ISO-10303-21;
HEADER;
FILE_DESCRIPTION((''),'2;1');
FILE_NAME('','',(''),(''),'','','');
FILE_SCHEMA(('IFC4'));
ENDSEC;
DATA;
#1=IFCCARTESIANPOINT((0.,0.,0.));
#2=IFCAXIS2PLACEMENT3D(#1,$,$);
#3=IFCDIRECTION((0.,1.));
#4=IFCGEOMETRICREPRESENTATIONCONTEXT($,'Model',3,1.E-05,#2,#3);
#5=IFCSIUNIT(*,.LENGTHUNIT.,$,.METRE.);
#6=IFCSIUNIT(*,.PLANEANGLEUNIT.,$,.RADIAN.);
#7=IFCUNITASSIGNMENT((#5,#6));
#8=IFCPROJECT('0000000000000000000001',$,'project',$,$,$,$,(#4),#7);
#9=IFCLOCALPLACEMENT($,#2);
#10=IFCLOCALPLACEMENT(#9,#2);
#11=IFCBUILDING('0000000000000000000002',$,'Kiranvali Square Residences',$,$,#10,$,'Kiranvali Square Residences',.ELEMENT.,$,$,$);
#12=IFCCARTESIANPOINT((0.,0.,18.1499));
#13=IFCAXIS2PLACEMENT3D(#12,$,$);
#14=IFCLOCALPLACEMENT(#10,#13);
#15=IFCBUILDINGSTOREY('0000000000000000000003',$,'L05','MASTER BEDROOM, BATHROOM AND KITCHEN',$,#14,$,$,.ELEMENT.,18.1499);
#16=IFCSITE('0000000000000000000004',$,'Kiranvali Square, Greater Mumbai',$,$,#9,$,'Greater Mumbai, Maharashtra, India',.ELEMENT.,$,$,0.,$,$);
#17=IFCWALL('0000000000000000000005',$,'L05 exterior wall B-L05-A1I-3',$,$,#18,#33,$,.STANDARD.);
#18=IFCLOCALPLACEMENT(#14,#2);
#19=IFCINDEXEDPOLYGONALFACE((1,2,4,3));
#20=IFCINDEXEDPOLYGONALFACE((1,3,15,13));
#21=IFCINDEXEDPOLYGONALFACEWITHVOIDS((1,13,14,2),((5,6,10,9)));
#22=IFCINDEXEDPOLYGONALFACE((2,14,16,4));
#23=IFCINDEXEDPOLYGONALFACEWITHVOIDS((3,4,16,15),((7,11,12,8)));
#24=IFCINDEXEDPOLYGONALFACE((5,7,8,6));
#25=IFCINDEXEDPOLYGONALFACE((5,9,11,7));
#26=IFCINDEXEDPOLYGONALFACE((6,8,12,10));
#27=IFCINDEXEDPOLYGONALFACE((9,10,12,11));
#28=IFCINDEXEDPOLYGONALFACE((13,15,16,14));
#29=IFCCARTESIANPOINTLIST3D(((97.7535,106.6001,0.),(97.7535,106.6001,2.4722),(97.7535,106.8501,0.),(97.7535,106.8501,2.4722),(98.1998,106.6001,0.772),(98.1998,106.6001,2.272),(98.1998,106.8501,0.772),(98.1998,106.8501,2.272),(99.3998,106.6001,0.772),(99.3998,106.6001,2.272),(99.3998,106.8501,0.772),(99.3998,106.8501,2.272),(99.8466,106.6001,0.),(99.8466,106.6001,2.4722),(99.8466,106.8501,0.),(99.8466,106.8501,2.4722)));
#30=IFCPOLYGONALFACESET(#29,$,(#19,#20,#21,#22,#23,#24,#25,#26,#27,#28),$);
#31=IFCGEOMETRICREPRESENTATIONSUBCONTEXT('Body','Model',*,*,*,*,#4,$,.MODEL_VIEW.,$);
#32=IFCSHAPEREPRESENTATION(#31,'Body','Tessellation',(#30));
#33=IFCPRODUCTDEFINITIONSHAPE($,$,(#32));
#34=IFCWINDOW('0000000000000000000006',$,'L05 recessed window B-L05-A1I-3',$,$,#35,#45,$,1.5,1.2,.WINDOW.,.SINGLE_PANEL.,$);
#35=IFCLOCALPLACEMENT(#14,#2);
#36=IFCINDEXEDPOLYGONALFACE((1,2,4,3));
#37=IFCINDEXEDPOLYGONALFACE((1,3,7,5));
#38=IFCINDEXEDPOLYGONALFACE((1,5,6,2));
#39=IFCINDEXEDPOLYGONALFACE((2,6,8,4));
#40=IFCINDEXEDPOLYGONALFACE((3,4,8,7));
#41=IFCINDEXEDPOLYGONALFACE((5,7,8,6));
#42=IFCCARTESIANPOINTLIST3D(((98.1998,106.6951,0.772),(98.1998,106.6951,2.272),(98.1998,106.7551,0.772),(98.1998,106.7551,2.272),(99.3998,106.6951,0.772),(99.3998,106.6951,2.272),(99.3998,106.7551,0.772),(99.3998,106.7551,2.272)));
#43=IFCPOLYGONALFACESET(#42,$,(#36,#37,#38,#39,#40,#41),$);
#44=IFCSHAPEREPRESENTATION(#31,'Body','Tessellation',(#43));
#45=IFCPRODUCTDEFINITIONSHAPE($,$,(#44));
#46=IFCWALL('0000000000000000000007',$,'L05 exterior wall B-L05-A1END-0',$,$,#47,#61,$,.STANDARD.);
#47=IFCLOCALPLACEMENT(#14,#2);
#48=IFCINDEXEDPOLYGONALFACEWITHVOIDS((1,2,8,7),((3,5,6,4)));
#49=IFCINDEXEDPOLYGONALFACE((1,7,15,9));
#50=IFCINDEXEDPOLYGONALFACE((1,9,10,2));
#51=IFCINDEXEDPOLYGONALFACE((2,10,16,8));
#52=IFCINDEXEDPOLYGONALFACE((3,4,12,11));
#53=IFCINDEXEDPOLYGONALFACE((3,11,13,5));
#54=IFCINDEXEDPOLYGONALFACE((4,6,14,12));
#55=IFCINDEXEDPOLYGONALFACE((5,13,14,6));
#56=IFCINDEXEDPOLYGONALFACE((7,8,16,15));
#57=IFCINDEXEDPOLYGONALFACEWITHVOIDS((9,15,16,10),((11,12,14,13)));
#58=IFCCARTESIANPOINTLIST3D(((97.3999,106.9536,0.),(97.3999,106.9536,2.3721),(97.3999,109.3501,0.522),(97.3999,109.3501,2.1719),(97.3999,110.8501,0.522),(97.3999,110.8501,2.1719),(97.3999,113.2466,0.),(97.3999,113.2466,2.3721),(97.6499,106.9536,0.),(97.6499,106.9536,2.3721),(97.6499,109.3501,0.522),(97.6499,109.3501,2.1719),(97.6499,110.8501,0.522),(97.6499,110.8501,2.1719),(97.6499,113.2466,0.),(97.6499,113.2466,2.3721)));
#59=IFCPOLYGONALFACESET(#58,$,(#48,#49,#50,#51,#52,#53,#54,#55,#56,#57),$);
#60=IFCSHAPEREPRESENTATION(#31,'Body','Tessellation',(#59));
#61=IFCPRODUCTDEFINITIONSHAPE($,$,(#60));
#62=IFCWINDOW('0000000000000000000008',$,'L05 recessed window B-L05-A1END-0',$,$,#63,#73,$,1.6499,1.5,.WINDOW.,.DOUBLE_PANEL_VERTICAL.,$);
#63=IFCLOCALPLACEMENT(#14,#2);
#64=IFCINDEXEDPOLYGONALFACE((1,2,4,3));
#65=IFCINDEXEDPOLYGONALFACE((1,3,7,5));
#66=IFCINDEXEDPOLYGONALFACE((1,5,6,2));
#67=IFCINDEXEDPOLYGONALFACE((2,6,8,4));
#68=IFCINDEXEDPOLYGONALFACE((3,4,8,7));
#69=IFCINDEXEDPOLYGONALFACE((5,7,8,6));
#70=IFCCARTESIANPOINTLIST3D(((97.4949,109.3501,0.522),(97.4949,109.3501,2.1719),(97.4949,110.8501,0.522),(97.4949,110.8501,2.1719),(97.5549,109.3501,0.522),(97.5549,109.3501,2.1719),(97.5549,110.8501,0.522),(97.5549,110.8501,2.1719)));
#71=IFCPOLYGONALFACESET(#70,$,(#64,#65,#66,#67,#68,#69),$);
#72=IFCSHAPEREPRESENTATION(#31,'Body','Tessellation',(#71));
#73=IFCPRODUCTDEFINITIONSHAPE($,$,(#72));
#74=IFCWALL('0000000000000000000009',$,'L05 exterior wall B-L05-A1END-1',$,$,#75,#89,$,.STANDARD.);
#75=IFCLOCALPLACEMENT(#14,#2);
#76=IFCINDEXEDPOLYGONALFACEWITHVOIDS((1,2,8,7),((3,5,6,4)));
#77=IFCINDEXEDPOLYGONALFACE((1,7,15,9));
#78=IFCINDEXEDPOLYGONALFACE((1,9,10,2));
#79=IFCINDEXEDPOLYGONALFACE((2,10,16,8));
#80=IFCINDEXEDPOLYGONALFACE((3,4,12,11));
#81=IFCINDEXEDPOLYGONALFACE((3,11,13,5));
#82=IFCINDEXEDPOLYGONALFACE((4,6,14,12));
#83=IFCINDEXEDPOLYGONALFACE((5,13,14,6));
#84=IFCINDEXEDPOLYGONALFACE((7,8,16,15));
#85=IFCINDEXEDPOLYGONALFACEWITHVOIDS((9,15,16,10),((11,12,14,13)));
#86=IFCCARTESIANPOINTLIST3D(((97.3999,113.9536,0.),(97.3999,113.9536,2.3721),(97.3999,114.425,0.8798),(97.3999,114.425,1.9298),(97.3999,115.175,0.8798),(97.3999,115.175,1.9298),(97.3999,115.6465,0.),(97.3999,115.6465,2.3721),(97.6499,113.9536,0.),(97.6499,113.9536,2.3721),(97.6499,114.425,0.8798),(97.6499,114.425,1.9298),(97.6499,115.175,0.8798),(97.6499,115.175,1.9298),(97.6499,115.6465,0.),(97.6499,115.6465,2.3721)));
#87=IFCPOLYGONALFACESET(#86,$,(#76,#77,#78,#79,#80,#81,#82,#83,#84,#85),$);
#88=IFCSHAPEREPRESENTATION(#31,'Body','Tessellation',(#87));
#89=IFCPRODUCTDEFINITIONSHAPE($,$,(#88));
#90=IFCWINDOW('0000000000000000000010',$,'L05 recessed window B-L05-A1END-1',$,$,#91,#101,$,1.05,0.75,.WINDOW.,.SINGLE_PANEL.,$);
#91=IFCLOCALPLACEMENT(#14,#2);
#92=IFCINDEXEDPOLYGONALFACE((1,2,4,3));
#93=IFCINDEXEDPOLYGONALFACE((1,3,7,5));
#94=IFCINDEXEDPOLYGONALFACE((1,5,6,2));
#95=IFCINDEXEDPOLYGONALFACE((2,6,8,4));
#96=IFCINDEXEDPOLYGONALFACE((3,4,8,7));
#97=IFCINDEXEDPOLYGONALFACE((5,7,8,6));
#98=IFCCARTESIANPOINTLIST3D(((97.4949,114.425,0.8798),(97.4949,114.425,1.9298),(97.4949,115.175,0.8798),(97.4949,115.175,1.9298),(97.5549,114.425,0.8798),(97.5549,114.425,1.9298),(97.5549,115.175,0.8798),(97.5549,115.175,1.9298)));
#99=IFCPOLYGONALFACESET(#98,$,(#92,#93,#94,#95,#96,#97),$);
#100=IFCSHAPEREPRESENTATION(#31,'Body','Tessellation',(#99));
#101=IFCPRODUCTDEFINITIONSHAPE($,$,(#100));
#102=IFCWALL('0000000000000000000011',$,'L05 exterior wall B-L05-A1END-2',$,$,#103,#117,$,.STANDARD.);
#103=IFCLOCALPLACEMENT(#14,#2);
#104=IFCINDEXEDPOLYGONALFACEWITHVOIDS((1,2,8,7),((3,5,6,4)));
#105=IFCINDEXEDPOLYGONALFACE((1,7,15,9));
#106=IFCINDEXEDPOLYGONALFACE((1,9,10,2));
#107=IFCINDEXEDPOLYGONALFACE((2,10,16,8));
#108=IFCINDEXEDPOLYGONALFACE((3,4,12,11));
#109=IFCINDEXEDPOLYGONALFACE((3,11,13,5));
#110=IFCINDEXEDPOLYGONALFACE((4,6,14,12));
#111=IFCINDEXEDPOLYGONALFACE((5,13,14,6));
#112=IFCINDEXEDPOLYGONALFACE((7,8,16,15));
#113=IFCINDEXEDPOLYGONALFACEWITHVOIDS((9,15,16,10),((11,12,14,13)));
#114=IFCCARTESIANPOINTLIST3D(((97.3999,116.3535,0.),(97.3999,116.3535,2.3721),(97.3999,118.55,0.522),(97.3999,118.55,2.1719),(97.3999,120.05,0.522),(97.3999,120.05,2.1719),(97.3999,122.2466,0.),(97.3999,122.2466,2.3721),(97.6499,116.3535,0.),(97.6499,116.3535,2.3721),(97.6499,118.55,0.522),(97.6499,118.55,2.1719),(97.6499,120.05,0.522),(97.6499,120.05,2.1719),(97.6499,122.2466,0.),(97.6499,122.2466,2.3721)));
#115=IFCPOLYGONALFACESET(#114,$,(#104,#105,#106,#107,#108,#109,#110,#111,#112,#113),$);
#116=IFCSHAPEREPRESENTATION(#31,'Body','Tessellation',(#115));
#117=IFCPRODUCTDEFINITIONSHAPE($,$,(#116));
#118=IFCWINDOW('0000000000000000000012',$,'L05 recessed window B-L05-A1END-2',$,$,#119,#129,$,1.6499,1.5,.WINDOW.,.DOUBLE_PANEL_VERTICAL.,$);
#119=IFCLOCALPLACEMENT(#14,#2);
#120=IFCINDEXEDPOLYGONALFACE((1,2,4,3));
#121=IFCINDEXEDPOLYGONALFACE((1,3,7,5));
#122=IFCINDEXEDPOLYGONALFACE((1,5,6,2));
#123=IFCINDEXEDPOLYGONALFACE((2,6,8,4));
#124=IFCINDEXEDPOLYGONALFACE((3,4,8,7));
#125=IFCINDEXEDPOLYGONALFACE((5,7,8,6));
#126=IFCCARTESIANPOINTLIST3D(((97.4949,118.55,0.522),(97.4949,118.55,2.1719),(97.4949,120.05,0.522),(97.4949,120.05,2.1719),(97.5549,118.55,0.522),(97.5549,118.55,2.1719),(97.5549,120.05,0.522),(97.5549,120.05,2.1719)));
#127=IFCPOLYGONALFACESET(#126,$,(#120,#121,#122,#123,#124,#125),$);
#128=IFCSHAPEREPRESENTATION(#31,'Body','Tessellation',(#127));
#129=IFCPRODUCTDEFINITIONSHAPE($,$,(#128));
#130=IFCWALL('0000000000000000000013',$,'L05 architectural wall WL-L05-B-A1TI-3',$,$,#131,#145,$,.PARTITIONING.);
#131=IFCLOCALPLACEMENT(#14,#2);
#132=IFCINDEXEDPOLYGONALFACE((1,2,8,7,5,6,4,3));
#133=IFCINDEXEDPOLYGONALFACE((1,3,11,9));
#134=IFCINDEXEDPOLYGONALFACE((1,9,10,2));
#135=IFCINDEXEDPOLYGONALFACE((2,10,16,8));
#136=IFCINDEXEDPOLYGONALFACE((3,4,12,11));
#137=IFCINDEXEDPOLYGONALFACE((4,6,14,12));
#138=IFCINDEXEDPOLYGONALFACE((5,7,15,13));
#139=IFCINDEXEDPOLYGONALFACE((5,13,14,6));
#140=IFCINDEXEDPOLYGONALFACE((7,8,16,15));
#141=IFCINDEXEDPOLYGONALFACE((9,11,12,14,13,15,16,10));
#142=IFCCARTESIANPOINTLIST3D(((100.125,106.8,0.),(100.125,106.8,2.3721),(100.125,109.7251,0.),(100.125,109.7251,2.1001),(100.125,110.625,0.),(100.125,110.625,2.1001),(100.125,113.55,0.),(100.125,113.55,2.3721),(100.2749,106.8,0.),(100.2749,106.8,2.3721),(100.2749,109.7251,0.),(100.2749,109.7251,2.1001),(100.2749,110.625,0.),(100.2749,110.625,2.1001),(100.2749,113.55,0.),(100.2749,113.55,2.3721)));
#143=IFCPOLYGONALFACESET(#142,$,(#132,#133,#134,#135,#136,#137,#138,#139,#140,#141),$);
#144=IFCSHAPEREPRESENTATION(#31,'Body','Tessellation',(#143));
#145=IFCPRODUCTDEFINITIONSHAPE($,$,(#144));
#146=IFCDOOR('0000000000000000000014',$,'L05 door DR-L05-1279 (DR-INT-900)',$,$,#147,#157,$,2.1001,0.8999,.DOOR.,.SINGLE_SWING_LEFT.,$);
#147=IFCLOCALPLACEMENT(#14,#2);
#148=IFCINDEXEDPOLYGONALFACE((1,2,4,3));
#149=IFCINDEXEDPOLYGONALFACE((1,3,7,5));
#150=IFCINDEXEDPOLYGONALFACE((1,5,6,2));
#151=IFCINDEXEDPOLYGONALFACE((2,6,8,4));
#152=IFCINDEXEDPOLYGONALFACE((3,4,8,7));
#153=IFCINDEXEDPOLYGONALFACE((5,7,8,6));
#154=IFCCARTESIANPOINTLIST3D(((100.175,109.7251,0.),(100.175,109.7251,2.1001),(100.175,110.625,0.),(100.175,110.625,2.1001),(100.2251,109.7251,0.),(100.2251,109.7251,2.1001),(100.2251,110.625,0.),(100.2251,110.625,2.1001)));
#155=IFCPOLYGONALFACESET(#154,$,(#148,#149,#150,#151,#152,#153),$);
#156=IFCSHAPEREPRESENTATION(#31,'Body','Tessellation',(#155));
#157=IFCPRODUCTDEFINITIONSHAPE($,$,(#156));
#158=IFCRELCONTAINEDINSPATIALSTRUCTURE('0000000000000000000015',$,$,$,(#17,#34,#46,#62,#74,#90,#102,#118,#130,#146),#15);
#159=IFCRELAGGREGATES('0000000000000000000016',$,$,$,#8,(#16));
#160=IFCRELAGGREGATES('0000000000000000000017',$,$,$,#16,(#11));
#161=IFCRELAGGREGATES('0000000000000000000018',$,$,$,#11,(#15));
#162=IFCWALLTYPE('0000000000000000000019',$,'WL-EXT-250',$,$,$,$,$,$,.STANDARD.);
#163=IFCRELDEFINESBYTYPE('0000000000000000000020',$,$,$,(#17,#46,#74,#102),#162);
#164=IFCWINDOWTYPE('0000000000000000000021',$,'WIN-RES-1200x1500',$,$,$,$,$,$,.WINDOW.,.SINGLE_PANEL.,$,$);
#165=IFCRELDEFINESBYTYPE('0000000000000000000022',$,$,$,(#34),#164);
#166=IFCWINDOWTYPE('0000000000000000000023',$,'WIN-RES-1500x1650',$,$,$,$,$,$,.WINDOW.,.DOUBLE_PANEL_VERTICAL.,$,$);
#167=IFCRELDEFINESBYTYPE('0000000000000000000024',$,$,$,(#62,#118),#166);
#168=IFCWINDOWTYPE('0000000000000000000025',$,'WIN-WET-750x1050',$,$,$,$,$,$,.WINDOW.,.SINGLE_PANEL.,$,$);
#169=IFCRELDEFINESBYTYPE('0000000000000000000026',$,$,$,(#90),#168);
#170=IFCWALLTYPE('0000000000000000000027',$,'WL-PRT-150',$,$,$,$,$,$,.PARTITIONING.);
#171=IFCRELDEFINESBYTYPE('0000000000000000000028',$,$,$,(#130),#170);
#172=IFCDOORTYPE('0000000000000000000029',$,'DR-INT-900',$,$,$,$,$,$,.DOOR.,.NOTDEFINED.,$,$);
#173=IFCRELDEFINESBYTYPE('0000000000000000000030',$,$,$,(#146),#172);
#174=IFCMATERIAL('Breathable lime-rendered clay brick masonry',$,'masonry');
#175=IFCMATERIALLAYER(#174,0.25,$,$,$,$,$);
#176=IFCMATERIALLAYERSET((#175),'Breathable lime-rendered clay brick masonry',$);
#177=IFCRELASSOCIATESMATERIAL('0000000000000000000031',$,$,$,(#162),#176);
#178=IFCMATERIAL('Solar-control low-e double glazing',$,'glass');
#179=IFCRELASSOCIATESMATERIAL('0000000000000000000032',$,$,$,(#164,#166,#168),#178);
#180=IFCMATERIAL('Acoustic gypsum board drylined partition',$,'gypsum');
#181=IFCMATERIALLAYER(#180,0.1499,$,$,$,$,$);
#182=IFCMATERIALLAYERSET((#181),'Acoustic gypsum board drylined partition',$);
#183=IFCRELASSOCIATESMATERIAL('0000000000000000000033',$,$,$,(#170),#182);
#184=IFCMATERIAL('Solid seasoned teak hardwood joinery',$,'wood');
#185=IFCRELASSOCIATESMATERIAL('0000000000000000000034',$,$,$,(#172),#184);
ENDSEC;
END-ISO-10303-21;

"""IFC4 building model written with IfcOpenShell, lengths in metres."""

from ifc_helpers import new_model, si_unit, direction, frame, frame_2d, origin, place, context, subcontext, project, spatial, rectangle, extrude, material, layer, layer_set, type_object, element, fill, save


model = new_model("IFC4")

# Units and contexts
model_context = context("Model", 3, precision=1e-05, world=origin(), true_north=direction((0.0, 1.0)))
body_context = subcontext(model_context, "Body", "Model", "MODEL_VIEW")
ifc_project = project(units=[si_unit("LENGTHUNIT", "METRE"), si_unit("PLANEANGLEUNIT", "RADIAN")], contexts=[model_context])

# Site, building, storey
site_placement = place(None, origin())
site = spatial("IfcSite", under=ifc_project, at=site_placement, Name="Kiranvali Square, Greater Mumbai", LongName="Greater Mumbai, Maharashtra, India", CompositionType="ELEMENT", RefElevation=0.0)
building_placement = place(site_placement, origin())
building = spatial("IfcBuilding", under=site, at=building_placement, Name="Kiranvali Square Residences", LongName="Kiranvali Square Residences", CompositionType="ELEMENT")
storey_placement = place(building_placement, frame((0.0, 0.0, 18.1499)))
storey = spatial("IfcBuildingStorey", under=building, at=storey_placement, Name="L05", Description="MASTER BEDROOM, BATHROOM AND KITCHEN", CompositionType="ELEMENT", Elevation=18.1499)

# Walls, openings, windows
ifc_material_1 = material(Name="Breathable lime-rendered clay brick masonry", Category="masonry")
ifc_layer_1 = layer(ifc_material_1, 0.25)
ifc_layer_set_1 = layer_set([ifc_layer_1], Name="Breathable lime-rendered clay brick masonry")
wall_type_1 = type_object("IfcWallType", Name="WL-EXT-250", PredefinedType="STANDARD", material=ifc_layer_set_1)
wall_1_placement = place(storey_placement, frame((99.8464, 106.7251, 0.0), z_axis=(0.0, 0.0, 1.0), x_axis=(-1.0, 0.0, 0.0)))
wall_1 = element("IfcWall", 1, at=wall_1_placement, inside=storey, type_object=wall_type_1, Name="L05 exterior wall B-L05-A1I-3", PredefinedType="STANDARD", context=body_context, shape_type="SweptSolid", body=[
    extrude(rectangle(XDim=2.093, YDim=0.25, at=frame_2d((1.0464, 0.0))), origin(), (0.0, 0.0, 1.0), 2.4722),
])
opening_1_placement = place(wall_1_placement, frame((0.4465, 0.0, 0.772)))
opening_1 = element("IfcOpeningElement", 2, at=opening_1_placement, cuts=wall_1, PredefinedType="OPENING", context=body_context, shape_type="SweptSolid", body=[
    extrude(rectangle(XDim=1.2, YDim=1.5, at=frame_2d((0.6001, 0.75))), frame((0.0, 0.135, 0.0), z_axis=(0.0, -1.0, 0.0), x_axis=(1.0, 0.0, 0.0)), (0.0, 0.0, 1.0), 0.27),
])
ifc_material_2 = material(Name="Solar-control low-e double glazing", Category="glass")
window_type_1 = type_object("IfcWindowType", Name="WIN-RES-1200x1500", PartitioningType="SINGLE_PANEL", PredefinedType="WINDOW", material=ifc_material_2)
window_1_placement = place(opening_1_placement, origin())
window_1 = element("IfcWindow", 3, at=window_1_placement, inside=storey, type_object=window_type_1, Name="L05 recessed window B-L05-A1I-3", OverallHeight=1.5, OverallWidth=1.2, PartitioningType="SINGLE_PANEL", PredefinedType="WINDOW", context=body_context, shape_type="SweptSolid", body=[
    extrude(rectangle(XDim=1.2, YDim=1.5, at=frame_2d((0.6001, 0.75))), frame((0.0, 0.03, 0.0), z_axis=(0.0, -1.0, 0.0), x_axis=(1.0, 0.0, 0.0)), (0.0, 0.0, 1.0), 0.0601),
])
fill(opening_1, window_1)
wall_2_placement = place(storey_placement, frame((97.5249, 106.9536, 0.0), z_axis=(0.0, 0.0, 1.0), x_axis=(0.0, 1.0, 0.0)))
wall_2 = element("IfcWall", 4, at=wall_2_placement, inside=storey, type_object=wall_type_1, Name="L05 exterior wall B-L05-A1END-0", PredefinedType="STANDARD", context=body_context, shape_type="SweptSolid", body=[
    extrude(rectangle(XDim=6.293, YDim=0.25, at=frame_2d((3.1465, 0.0))), origin(), (0.0, 0.0, 1.0), 2.3721),
])
opening_2_placement = place(wall_2_placement, frame((2.3965, 0.0, 0.522)))
opening_2 = element("IfcOpeningElement", 5, at=opening_2_placement, cuts=wall_2, PredefinedType="OPENING", context=body_context, shape_type="SweptSolid", body=[
    extrude(rectangle(XDim=1.5, YDim=1.6499, at=frame_2d((0.75, 0.825))), frame((0.0, 0.135, 0.0), z_axis=(0.0, -1.0, 0.0), x_axis=(1.0, 0.0, 0.0)), (0.0, 0.0, 1.0), 0.27),
])
window_type_2 = type_object("IfcWindowType", Name="WIN-RES-1500x1650", PartitioningType="DOUBLE_PANEL_VERTICAL", PredefinedType="WINDOW", material=ifc_material_2)
window_2_placement = place(opening_2_placement, origin())
window_2 = element("IfcWindow", 6, at=window_2_placement, inside=storey, type_object=window_type_2, Name="L05 recessed window B-L05-A1END-0", OverallHeight=1.6499, OverallWidth=1.5, PartitioningType="DOUBLE_PANEL_VERTICAL", PredefinedType="WINDOW", context=body_context, shape_type="SweptSolid", body=[
    extrude(rectangle(XDim=1.5, YDim=1.6499, at=frame_2d((0.75, 0.825))), frame((0.0, 0.03, 0.0), z_axis=(0.0, -1.0, 0.0), x_axis=(1.0, 0.0, 0.0)), (0.0, 0.0, 1.0), 0.0601),
])
fill(opening_2, window_2)
wall_3_placement = place(storey_placement, frame((97.5249, 113.9536, 0.0), z_axis=(0.0, 0.0, 1.0), x_axis=(0.0, 1.0, 0.0)))
wall_3 = element("IfcWall", 7, at=wall_3_placement, inside=storey, type_object=wall_type_1, Name="L05 exterior wall B-L05-A1END-1", PredefinedType="STANDARD", context=body_context, shape_type="SweptSolid", body=[
    extrude(rectangle(XDim=1.6929, YDim=0.25, at=frame_2d((0.8464, 0.0))), origin(), (0.0, 0.0, 1.0), 2.3721),
])
opening_3_placement = place(wall_3_placement, frame((0.4714, 0.0, 0.8799)))
opening_3 = element("IfcOpeningElement", 8, at=opening_3_placement, cuts=wall_3, PredefinedType="OPENING", context=body_context, shape_type="SweptSolid", body=[
    extrude(rectangle(XDim=0.75, YDim=1.05, at=frame_2d((0.375, 0.5249))), frame((0.0, 0.135, 0.0), z_axis=(0.0, -1.0, 0.0), x_axis=(1.0, 0.0, 0.0)), (0.0, 0.0, 1.0), 0.27),
])
window_type_3 = type_object("IfcWindowType", Name="WIN-WET-750x1050", PartitioningType="SINGLE_PANEL", PredefinedType="WINDOW", material=ifc_material_2)
window_3_placement = place(opening_3_placement, origin())
window_3 = element("IfcWindow", 9, at=window_3_placement, inside=storey, type_object=window_type_3, Name="L05 recessed window B-L05-A1END-1", OverallHeight=1.05, OverallWidth=0.75, PartitioningType="SINGLE_PANEL", PredefinedType="WINDOW", context=body_context, shape_type="SweptSolid", body=[
    extrude(rectangle(XDim=0.75, YDim=1.05, at=frame_2d((0.375, 0.5249))), frame((0.0, 0.03, 0.0), z_axis=(0.0, -1.0, 0.0), x_axis=(1.0, 0.0, 0.0)), (0.0, 0.0, 1.0), 0.0601),
])
fill(opening_3, window_3)
wall_4_placement = place(storey_placement, frame((97.5249, 116.3535, 0.0), z_axis=(0.0, 0.0, 1.0), x_axis=(0.0, 1.0, 0.0)))
wall_4 = element("IfcWall", 10, at=wall_4_placement, inside=storey, type_object=wall_type_1, Name="L05 exterior wall B-L05-A1END-2", PredefinedType="STANDARD", context=body_context, shape_type="SweptSolid", body=[
    extrude(rectangle(XDim=5.8931, YDim=0.25, at=frame_2d((2.9465, 0.0))), origin(), (0.0, 0.0, 1.0), 2.3721),
])
opening_4_placement = place(wall_4_placement, frame((2.1965, 0.0, 0.522)))
opening_4 = element("IfcOpeningElement", 11, at=opening_4_placement, cuts=wall_4, PredefinedType="OPENING", context=body_context, shape_type="SweptSolid", body=[
    extrude(rectangle(XDim=1.5, YDim=1.6499, at=frame_2d((0.75, 0.825))), frame((0.0, 0.135, 0.0), z_axis=(0.0, -1.0, 0.0), x_axis=(1.0, 0.0, 0.0)), (0.0, 0.0, 1.0), 0.27),
])
window_4_placement = place(opening_4_placement, origin())
window_4 = element("IfcWindow", 12, at=window_4_placement, inside=storey, type_object=window_type_2, Name="L05 recessed window B-L05-A1END-2", OverallHeight=1.6499, OverallWidth=1.5, PartitioningType="DOUBLE_PANEL_VERTICAL", PredefinedType="WINDOW", context=body_context, shape_type="SweptSolid", body=[
    extrude(rectangle(XDim=1.5, YDim=1.6499, at=frame_2d((0.75, 0.825))), frame((0.0, 0.03, 0.0), z_axis=(0.0, -1.0, 0.0), x_axis=(1.0, 0.0, 0.0)), (0.0, 0.0, 1.0), 0.0601),
])
fill(opening_4, window_4)

# Wall, opening, door
ifc_material_3 = material(Name="Acoustic gypsum board drylined partition", Category="gypsum")
ifc_layer_2 = layer(ifc_material_3, 0.1499)
ifc_layer_set_2 = layer_set([ifc_layer_2], Name="Acoustic gypsum board drylined partition")
wall_type_2 = type_object("IfcWallType", Name="WL-PRT-150", PredefinedType="PARTITIONING", material=ifc_layer_set_2)
wall_5_placement = place(storey_placement, frame((100.2, 106.8, 0.0), z_axis=(0.0, 0.0, 1.0), x_axis=(0.0, 1.0, 0.0)))
wall_5 = element("IfcWall", 13, at=wall_5_placement, inside=storey, type_object=wall_type_2, Name="L05 architectural wall WL-L05-B-A1TI-3", PredefinedType="PARTITIONING", context=body_context, shape_type="SweptSolid", body=[
    extrude(rectangle(XDim=6.75, YDim=0.1499, at=frame_2d((3.375, 0.0))), origin(), (0.0, 0.0, 1.0), 2.3721),
])
opening_5_placement = place(wall_5_placement, frame((2.925, 0.0, 0.0)))
opening_5 = element("IfcOpeningElement", 14, at=opening_5_placement, cuts=wall_5, PredefinedType="OPENING", context=body_context, shape_type="SweptSolid", body=[
    extrude(rectangle(XDim=0.8999, YDim=2.1001, at=frame_2d((0.45, 1.05))), frame((0.0, 0.085, 0.0), z_axis=(0.0, -1.0, 0.0), x_axis=(1.0, 0.0, 0.0)), (0.0, 0.0, 1.0), 0.1699),
])
ifc_material_4 = material(Name="Solid seasoned teak hardwood joinery", Category="wood")
door_type_1 = type_object("IfcDoorType", Name="DR-INT-900", OperationType="NOTDEFINED", PredefinedType="DOOR", material=ifc_material_4)
door_1_placement = place(opening_5_placement, origin())
door_1 = element("IfcDoor", 15, at=door_1_placement, inside=storey, type_object=door_type_1, Name="L05 door DR-L05-1279 (DR-INT-900)", OperationType="SINGLE_SWING_LEFT", OverallHeight=2.1001, OverallWidth=0.8999, PredefinedType="DOOR", context=body_context, shape_type="SweptSolid", body=[
    extrude(rectangle(XDim=0.8999, YDim=2.1001, at=frame_2d((0.45, 1.05))), frame((0.0, 0.0249, 0.0), z_axis=(0.0, -1.0, 0.0), x_axis=(1.0, 0.0, 0.0)), (0.0, 0.0, 1.0), 0.05),
])
fill(opening_5, door_1)

save(model, "model.ifc")
